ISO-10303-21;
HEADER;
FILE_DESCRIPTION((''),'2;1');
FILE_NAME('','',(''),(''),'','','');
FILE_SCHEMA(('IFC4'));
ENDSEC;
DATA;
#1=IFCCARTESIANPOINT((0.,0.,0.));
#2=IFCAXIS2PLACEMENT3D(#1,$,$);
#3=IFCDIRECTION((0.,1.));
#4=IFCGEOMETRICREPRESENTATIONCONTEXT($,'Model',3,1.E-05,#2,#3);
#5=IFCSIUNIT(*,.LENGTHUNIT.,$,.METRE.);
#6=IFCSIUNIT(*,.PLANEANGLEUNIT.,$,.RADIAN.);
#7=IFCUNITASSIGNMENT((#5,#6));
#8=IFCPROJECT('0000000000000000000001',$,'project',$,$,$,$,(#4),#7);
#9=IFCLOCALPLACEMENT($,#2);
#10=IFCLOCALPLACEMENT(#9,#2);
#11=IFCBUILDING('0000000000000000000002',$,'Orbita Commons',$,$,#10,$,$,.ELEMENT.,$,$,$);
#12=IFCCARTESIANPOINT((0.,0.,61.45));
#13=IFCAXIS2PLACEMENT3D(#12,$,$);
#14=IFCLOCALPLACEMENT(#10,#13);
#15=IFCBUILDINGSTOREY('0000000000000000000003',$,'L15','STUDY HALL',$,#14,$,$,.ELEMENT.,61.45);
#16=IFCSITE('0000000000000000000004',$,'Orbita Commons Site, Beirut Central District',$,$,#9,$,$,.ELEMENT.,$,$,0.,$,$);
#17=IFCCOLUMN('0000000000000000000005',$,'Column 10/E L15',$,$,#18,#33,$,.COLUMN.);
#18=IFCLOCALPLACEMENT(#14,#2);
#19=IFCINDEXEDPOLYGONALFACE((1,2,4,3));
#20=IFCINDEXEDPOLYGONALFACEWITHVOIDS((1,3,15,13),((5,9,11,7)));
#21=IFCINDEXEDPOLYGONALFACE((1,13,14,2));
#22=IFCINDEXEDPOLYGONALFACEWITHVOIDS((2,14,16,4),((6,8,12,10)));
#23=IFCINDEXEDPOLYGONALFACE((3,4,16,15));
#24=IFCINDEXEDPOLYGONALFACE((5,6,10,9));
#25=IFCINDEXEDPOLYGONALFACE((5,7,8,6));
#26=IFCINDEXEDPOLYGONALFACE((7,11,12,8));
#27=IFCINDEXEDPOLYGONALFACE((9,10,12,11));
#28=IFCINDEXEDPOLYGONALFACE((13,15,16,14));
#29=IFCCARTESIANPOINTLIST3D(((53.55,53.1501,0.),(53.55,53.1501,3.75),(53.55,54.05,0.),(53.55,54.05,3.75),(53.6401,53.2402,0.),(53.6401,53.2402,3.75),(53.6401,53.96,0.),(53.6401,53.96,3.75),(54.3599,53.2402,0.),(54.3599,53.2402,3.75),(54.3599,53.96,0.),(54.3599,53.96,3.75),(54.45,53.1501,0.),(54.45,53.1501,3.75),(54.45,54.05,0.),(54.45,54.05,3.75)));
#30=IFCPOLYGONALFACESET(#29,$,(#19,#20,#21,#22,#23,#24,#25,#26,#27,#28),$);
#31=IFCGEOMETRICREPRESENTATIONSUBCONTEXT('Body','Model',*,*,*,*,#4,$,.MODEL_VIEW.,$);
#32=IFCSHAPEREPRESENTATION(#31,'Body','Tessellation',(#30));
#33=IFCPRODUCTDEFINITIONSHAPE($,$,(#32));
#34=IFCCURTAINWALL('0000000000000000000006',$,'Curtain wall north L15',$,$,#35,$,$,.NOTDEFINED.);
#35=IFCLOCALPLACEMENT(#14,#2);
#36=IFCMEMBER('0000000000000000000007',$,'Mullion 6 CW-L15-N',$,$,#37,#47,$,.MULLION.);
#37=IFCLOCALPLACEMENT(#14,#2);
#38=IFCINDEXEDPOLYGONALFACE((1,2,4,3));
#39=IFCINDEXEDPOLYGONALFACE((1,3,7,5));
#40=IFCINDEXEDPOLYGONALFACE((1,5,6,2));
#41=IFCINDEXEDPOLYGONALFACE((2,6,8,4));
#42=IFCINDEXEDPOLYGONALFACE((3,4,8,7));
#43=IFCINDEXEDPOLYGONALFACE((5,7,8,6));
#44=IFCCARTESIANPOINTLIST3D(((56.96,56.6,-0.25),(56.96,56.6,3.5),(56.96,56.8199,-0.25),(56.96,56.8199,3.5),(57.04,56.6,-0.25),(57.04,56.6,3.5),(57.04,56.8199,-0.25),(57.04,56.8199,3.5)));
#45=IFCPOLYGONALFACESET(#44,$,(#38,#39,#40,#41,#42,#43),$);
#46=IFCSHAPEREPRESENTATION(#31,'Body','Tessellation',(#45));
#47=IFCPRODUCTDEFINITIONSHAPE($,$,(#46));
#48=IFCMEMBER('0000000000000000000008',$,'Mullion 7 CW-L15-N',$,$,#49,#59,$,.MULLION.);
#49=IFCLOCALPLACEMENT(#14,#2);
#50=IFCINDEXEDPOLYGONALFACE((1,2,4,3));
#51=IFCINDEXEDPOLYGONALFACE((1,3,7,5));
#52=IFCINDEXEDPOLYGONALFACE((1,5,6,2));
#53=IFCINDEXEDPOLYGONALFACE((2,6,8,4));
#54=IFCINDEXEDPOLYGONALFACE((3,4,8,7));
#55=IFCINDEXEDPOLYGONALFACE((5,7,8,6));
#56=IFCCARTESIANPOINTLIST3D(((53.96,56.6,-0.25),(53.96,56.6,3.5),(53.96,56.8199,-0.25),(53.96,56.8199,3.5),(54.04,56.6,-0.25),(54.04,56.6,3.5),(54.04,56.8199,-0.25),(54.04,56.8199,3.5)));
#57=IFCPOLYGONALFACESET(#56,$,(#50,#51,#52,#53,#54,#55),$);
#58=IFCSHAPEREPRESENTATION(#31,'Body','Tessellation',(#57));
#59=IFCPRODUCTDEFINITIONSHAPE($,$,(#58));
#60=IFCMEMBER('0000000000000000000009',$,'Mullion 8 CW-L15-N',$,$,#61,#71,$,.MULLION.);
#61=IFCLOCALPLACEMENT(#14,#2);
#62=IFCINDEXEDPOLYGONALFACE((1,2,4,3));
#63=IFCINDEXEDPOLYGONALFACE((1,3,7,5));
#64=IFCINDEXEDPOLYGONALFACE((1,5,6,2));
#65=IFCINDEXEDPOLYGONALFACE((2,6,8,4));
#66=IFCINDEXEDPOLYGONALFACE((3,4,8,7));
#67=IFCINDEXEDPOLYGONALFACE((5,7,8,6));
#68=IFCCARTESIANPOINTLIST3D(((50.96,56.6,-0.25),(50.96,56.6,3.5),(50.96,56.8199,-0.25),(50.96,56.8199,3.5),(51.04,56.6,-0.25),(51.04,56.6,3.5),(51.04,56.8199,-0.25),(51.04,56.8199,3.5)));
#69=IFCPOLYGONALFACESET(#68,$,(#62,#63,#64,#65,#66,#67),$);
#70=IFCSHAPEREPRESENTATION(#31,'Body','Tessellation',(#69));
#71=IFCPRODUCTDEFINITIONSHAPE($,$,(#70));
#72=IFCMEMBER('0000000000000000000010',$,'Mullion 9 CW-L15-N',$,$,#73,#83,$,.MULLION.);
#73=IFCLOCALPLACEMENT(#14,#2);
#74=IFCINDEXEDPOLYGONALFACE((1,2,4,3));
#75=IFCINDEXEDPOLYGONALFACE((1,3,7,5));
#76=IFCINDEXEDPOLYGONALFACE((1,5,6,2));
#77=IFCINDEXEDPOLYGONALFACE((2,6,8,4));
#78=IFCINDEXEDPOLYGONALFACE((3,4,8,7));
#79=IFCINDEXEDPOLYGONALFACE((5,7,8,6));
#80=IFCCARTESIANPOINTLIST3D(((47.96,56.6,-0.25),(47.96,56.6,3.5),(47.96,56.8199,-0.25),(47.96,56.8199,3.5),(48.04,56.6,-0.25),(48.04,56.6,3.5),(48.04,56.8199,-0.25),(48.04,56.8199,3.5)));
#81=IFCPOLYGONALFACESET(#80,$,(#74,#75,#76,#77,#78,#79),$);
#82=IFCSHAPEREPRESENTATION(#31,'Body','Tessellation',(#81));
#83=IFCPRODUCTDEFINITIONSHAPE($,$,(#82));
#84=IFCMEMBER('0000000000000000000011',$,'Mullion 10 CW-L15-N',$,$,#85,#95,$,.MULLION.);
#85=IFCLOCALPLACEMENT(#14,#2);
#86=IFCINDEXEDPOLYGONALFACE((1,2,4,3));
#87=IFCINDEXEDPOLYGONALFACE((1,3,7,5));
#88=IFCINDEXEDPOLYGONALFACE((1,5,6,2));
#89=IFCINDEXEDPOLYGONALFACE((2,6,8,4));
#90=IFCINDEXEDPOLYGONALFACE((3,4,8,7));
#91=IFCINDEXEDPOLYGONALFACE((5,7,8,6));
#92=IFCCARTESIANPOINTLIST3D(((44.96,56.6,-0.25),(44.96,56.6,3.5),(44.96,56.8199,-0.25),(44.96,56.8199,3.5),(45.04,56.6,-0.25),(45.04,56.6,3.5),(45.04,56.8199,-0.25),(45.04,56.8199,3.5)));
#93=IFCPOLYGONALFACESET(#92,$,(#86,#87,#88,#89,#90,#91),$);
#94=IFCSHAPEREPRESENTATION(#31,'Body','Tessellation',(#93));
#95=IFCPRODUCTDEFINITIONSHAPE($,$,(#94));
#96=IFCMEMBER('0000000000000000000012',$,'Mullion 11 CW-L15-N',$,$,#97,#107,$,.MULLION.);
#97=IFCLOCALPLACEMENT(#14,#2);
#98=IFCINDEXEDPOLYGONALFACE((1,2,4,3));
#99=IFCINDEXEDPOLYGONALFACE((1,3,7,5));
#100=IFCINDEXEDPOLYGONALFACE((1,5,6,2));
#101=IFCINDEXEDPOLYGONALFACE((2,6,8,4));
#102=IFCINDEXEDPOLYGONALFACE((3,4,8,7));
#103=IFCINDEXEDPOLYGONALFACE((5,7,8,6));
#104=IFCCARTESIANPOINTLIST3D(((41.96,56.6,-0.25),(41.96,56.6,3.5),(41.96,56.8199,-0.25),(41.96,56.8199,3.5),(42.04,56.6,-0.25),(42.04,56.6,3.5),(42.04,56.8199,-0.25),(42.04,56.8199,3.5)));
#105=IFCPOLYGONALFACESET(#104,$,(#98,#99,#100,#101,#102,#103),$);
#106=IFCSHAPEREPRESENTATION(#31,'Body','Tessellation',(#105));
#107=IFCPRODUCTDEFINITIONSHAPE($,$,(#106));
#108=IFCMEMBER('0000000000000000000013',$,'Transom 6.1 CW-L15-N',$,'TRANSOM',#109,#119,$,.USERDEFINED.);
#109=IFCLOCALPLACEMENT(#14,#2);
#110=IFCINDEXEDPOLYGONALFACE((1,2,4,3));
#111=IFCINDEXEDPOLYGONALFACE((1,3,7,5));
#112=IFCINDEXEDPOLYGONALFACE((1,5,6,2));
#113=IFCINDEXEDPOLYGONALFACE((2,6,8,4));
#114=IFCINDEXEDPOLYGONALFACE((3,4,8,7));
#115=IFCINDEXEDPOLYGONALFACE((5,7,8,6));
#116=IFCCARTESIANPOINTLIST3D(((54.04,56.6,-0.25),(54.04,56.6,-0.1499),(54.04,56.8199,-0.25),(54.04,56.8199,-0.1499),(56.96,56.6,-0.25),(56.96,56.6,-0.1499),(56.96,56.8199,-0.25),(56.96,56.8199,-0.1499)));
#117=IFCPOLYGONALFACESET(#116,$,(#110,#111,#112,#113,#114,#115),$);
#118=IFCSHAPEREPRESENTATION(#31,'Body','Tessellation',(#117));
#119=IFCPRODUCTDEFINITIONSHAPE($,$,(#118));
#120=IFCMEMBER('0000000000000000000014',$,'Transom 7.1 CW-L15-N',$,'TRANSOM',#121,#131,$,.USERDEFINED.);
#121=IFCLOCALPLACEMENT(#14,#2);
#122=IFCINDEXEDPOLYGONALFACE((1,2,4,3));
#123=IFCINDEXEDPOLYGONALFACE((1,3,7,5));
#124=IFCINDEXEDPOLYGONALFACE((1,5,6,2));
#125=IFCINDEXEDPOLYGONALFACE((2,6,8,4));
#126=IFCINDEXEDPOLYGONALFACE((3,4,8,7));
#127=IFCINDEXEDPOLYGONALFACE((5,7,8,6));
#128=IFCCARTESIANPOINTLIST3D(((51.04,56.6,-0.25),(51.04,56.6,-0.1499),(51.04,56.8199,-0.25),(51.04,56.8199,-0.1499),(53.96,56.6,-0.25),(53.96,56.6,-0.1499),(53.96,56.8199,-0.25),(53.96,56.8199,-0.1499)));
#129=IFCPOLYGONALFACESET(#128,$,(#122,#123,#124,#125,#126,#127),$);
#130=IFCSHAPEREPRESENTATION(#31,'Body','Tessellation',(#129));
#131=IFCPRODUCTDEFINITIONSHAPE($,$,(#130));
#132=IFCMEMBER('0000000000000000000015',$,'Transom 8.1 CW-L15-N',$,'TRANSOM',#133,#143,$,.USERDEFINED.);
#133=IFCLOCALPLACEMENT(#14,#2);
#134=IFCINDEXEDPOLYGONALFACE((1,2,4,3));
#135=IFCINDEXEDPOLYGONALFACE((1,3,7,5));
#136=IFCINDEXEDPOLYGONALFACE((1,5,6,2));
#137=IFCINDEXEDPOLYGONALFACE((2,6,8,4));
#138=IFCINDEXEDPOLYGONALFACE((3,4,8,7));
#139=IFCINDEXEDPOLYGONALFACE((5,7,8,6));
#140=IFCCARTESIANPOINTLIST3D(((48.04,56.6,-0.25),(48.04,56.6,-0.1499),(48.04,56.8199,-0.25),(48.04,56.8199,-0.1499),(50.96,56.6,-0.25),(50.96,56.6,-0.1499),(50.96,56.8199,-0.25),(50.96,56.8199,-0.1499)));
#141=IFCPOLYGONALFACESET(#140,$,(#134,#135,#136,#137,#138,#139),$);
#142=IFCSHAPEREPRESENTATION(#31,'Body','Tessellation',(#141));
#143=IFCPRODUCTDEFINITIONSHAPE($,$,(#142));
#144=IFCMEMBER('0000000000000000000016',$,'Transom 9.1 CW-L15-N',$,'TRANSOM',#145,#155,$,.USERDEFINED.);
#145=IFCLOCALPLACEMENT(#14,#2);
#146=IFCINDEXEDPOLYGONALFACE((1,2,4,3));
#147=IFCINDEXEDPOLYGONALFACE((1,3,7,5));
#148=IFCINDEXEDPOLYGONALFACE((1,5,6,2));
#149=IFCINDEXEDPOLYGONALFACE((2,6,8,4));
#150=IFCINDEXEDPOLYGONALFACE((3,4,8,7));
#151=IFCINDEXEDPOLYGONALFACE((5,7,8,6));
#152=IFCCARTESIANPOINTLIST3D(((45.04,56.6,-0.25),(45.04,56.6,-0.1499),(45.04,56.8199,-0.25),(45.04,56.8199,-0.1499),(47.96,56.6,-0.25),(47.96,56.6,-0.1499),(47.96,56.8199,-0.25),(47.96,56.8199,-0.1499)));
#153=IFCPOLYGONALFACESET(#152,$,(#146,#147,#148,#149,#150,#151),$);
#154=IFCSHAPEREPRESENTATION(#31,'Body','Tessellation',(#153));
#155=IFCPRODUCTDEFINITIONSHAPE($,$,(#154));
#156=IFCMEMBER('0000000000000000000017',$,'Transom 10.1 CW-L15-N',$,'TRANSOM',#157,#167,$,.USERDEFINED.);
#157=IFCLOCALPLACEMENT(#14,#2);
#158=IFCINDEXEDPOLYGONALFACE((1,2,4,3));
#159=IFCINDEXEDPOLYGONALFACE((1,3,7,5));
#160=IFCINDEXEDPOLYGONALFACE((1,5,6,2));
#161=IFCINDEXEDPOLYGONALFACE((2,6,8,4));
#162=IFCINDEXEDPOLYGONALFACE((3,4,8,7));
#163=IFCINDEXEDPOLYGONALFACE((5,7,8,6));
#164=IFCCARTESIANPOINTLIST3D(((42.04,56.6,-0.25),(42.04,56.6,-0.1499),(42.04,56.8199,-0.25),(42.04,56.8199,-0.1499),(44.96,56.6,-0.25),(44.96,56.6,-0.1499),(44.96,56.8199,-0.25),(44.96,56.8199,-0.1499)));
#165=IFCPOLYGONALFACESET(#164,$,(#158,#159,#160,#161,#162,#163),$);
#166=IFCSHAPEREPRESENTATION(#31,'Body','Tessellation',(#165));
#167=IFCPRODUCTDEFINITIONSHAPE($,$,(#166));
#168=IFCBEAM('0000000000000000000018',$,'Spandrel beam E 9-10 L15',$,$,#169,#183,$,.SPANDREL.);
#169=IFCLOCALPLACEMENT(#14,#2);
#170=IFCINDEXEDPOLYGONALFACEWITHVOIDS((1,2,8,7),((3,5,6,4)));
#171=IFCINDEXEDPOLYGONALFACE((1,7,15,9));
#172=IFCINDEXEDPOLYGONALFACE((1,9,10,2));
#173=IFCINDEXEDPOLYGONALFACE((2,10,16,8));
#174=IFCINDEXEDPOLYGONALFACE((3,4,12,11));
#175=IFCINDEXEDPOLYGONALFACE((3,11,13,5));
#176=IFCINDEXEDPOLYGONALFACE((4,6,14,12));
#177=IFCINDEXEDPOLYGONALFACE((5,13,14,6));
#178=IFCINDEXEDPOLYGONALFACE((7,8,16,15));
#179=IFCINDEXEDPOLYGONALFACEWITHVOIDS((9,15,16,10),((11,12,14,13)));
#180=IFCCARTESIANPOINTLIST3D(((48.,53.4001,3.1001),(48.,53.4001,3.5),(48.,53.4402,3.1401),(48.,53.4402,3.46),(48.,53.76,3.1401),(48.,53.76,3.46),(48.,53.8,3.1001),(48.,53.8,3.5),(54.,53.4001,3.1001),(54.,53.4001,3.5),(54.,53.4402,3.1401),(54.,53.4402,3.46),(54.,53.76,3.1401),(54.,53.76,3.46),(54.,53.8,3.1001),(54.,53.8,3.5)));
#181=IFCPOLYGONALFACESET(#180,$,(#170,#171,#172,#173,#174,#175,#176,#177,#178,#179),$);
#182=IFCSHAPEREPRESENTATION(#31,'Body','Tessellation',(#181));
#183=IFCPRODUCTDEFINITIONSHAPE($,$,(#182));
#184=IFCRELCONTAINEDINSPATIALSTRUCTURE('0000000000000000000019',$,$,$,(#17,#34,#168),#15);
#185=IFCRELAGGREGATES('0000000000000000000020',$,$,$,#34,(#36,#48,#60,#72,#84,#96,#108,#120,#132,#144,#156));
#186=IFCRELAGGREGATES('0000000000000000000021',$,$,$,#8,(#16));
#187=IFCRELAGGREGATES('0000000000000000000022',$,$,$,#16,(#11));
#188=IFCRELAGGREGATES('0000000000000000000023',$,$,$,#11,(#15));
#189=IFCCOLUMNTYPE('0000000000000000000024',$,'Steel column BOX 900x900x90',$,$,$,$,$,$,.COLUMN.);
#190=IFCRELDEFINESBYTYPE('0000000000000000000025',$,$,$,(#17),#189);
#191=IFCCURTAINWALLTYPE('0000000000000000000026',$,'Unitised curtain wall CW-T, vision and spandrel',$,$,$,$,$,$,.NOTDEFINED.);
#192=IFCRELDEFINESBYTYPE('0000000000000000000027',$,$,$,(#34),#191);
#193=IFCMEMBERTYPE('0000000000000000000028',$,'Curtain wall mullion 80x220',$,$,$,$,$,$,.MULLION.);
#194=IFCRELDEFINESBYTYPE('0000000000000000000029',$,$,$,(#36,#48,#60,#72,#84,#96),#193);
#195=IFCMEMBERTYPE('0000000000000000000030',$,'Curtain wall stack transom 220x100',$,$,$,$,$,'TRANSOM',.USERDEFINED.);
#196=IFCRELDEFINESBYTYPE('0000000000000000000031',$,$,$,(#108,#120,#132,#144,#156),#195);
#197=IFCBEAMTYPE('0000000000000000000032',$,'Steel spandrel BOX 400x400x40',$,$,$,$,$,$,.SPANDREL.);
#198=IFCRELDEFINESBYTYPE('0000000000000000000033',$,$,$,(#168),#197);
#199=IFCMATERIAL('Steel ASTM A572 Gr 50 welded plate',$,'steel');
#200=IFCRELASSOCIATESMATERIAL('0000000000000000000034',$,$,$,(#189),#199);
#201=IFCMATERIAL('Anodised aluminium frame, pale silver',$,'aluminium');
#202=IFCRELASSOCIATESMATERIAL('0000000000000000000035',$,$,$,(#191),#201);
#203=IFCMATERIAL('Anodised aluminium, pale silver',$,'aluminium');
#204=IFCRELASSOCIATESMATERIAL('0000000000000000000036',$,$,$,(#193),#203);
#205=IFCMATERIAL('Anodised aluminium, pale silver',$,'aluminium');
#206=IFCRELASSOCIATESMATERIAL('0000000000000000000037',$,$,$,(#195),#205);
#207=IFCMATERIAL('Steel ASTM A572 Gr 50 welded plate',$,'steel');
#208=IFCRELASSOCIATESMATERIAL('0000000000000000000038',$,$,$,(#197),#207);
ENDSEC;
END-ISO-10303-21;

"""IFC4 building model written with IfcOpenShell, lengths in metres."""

from ifc_helpers import new_model, si_unit, direction, frame, origin, origin_2d, place, context, subcontext, project, spatial, rectangle, hollow_rectangle, extrude, material, material_profile, profile_set, type_object, element, aggregate, save


model = new_model("IFC4")

# Units and contexts
model_context = context("Model", 3, precision=1e-05, world=origin(), true_north=direction((0.0, 1.0)))
body_context = subcontext(model_context, "Body", "Model", "MODEL_VIEW")
ifc_project = project(units=[si_unit("LENGTHUNIT", "METRE"), si_unit("PLANEANGLEUNIT", "RADIAN")], contexts=[model_context])

# Site, building, storey
site_placement = place(None, origin())
site = spatial("IfcSite", under=ifc_project, at=site_placement, Name="Orbita Commons Site, Beirut Central District", CompositionType="ELEMENT", RefElevation=0.0)
building_placement = place(site_placement, origin())
building = spatial("IfcBuilding", under=site, at=building_placement, Name="Orbita Commons", CompositionType="ELEMENT")
storey_placement = place(building_placement, frame((0.0, 0.0, 61.45)))
storey = spatial("IfcBuildingStorey", under=building, at=storey_placement, Name="L15", Description="STUDY HALL", CompositionType="ELEMENT", Elevation=61.45)

# Column
ifc_material_1 = material(Name="Steel ASTM A572 Gr 50 welded plate", Category="steel")
ifc_material_profile_1 = material_profile(ifc_material_1, hollow_rectangle(XDim=0.8999, YDim=0.8999, WallThickness=0.0901, at=origin_2d()), Name="BOX 900x900x90")
ifc_profile_set_1 = profile_set([ifc_material_profile_1], Name="Steel ASTM A572 Gr 50 welded plate")
column_type = type_object("IfcColumnType", Name="Steel column BOX 900x900x90", PredefinedType="COLUMN", material=ifc_profile_set_1)
column_placement = place(storey_placement, frame((54.0, 53.6001, 0.0), z_axis=(0.0, 0.0, 1.0), x_axis=(1.0, 0.0, 0.0)))
element("IfcColumn", 1, at=column_placement, inside=storey, type_object=column_type, Name="Column 10/E L15", PredefinedType="COLUMN", context=body_context, shape_type="SweptSolid", body=[
    extrude(hollow_rectangle(XDim=0.8999, YDim=0.8999, WallThickness=0.0901, at=origin_2d()), origin(), (0.0, 0.0, 1.0), 3.75),
])

# Curtain wall, members
ifc_material_2 = material(Name="Anodised aluminium frame, pale silver", Category="aluminium")
curtain_wall_type = type_object("IfcCurtainWallType", Name="Unitised curtain wall CW-T, vision and spandrel", PredefinedType="NOTDEFINED", material=ifc_material_2)
curtain_wall_placement = place(storey_placement, origin())
curtain_wall = element("IfcCurtainWall", 2, at=curtain_wall_placement, inside=storey, type_object=curtain_wall_type, Name="Curtain wall north L15", PredefinedType="NOTDEFINED")
ifc_material_3 = material(Name="Anodised aluminium, pale silver", Category="aluminium")
ifc_material_profile_2 = material_profile(ifc_material_3, rectangle(XDim=0.0801, YDim=0.22, at=origin_2d()), Name="AL 80x220")
ifc_profile_set_2 = profile_set([ifc_material_profile_2], Name="Anodised aluminium, pale silver")
member_type_1 = type_object("IfcMemberType", Name="Curtain wall mullion 80x220", PredefinedType="MULLION", material=ifc_profile_set_2)
member_1_placement = place(storey_placement, frame((57.0, 56.71, -0.25), z_axis=(0.0, 0.0, 1.0), x_axis=(-1.0, 0.0, 0.0)))
member_1 = element("IfcMember", 3, at=member_1_placement, type_object=member_type_1, Name="Mullion 6 CW-L15-N", PredefinedType="MULLION", context=body_context, shape_type="SweptSolid", body=[
    extrude(rectangle(XDim=0.0801, YDim=0.22, at=origin_2d()), origin(), (0.0, 0.0, 1.0), 3.75),
])
member_2_placement = place(storey_placement, frame((54.0, 56.71, -0.25), z_axis=(0.0, 0.0, 1.0), x_axis=(-1.0, 0.0, 0.0)))
member_2 = element("IfcMember", 4, at=member_2_placement, type_object=member_type_1, Name="Mullion 7 CW-L15-N", PredefinedType="MULLION", context=body_context, shape_type="SweptSolid", body=[
    extrude(rectangle(XDim=0.0801, YDim=0.22, at=origin_2d()), origin(), (0.0, 0.0, 1.0), 3.75),
])
member_3_placement = place(storey_placement, frame((51.0, 56.71, -0.25), z_axis=(0.0, 0.0, 1.0), x_axis=(-1.0, 0.0, 0.0)))
member_3 = element("IfcMember", 5, at=member_3_placement, type_object=member_type_1, Name="Mullion 8 CW-L15-N", PredefinedType="MULLION", context=body_context, shape_type="SweptSolid", body=[
    extrude(rectangle(XDim=0.0801, YDim=0.22, at=origin_2d()), origin(), (0.0, 0.0, 1.0), 3.75),
])
member_4_placement = place(storey_placement, frame((48.0, 56.71, -0.25), z_axis=(0.0, 0.0, 1.0), x_axis=(-1.0, 0.0, 0.0)))
member_4 = element("IfcMember", 6, at=member_4_placement, type_object=member_type_1, Name="Mullion 9 CW-L15-N", PredefinedType="MULLION", context=body_context, shape_type="SweptSolid", body=[
    extrude(rectangle(XDim=0.0801, YDim=0.22, at=origin_2d()), origin(), (0.0, 0.0, 1.0), 3.75),
])
member_5_placement = place(storey_placement, frame((45.0, 56.71, -0.25), z_axis=(0.0, 0.0, 1.0), x_axis=(-1.0, 0.0, 0.0)))
member_5 = element("IfcMember", 7, at=member_5_placement, type_object=member_type_1, Name="Mullion 10 CW-L15-N", PredefinedType="MULLION", context=body_context, shape_type="SweptSolid", body=[
    extrude(rectangle(XDim=0.0801, YDim=0.22, at=origin_2d()), origin(), (0.0, 0.0, 1.0), 3.75),
])
member_6_placement = place(storey_placement, frame((42.0, 56.71, -0.25), z_axis=(0.0, 0.0, 1.0), x_axis=(-1.0, 0.0, 0.0)))
member_6 = element("IfcMember", 8, at=member_6_placement, type_object=member_type_1, Name="Mullion 11 CW-L15-N", PredefinedType="MULLION", context=body_context, shape_type="SweptSolid", body=[
    extrude(rectangle(XDim=0.0801, YDim=0.22, at=origin_2d()), origin(), (0.0, 0.0, 1.0), 3.75),
])
ifc_material_4 = material(Name="Anodised aluminium, pale silver", Category="aluminium")
ifc_material_profile_3 = material_profile(ifc_material_4, rectangle(XDim=0.22, YDim=0.1001, at=origin_2d()), Name="AL 220x100")
ifc_profile_set_3 = profile_set([ifc_material_profile_3], Name="Anodised aluminium, pale silver")
member_type_2 = type_object("IfcMemberType", Name="Curtain wall stack transom 220x100", ElementType="TRANSOM", PredefinedType="USERDEFINED", material=ifc_profile_set_3)
member_7_placement = place(storey_placement, frame((56.96, 56.71, -0.2), z_axis=(-1.0, 0.0, 0.0), x_axis=(0.0, -1.0, 0.0)))
member_7 = element("IfcMember", 9, at=member_7_placement, type_object=member_type_2, Name="Transom 6.1 CW-L15-N", ObjectType="TRANSOM", PredefinedType="USERDEFINED", context=body_context, shape_type="SweptSolid", body=[
    extrude(rectangle(XDim=0.22, YDim=0.1001, at=origin_2d()), origin(), (0.0, 0.0, 1.0), 2.9199),
])
member_8_placement = place(storey_placement, frame((53.96, 56.71, -0.2), z_axis=(-1.0, 0.0, 0.0), x_axis=(0.0, -1.0, 0.0)))
member_8 = element("IfcMember", 10, at=member_8_placement, type_object=member_type_2, Name="Transom 7.1 CW-L15-N", ObjectType="TRANSOM", PredefinedType="USERDEFINED", context=body_context, shape_type="SweptSolid", body=[
    extrude(rectangle(XDim=0.22, YDim=0.1001, at=origin_2d()), origin(), (0.0, 0.0, 1.0), 2.9199),
])
member_9_placement = place(storey_placement, frame((50.96, 56.71, -0.2), z_axis=(-1.0, 0.0, 0.0), x_axis=(0.0, -1.0, 0.0)))
member_9 = element("IfcMember", 11, at=member_9_placement, type_object=member_type_2, Name="Transom 8.1 CW-L15-N", ObjectType="TRANSOM", PredefinedType="USERDEFINED", context=body_context, shape_type="SweptSolid", body=[
    extrude(rectangle(XDim=0.22, YDim=0.1001, at=origin_2d()), origin(), (0.0, 0.0, 1.0), 2.9199),
])
member_10_placement = place(storey_placement, frame((47.96, 56.71, -0.2), z_axis=(-1.0, 0.0, 0.0), x_axis=(0.0, -1.0, 0.0)))
member_10 = element("IfcMember", 12, at=member_10_placement, type_object=member_type_2, Name="Transom 9.1 CW-L15-N", ObjectType="TRANSOM", PredefinedType="USERDEFINED", context=body_context, shape_type="SweptSolid", body=[
    extrude(rectangle(XDim=0.22, YDim=0.1001, at=origin_2d()), origin(), (0.0, 0.0, 1.0), 2.9199),
])
member_11_placement = place(storey_placement, frame((44.96, 56.71, -0.2), z_axis=(-1.0, 0.0, 0.0), x_axis=(0.0, -1.0, 0.0)))
member_11 = element("IfcMember", 13, at=member_11_placement, type_object=member_type_2, Name="Transom 10.1 CW-L15-N", ObjectType="TRANSOM", PredefinedType="USERDEFINED", context=body_context, shape_type="SweptSolid", body=[
    extrude(rectangle(XDim=0.22, YDim=0.1001, at=origin_2d()), origin(), (0.0, 0.0, 1.0), 2.9199),
])

# Beam
ifc_material_5 = material(Name="Steel ASTM A572 Gr 50 welded plate", Category="steel")
ifc_material_profile_4 = material_profile(ifc_material_5, hollow_rectangle(XDim=0.3999, YDim=0.3999, WallThickness=0.04, at=origin_2d()), Name="BOX 400x400x40")
ifc_profile_set_4 = profile_set([ifc_material_profile_4], Name="Steel ASTM A572 Gr 50 welded plate")
beam_type = type_object("IfcBeamType", Name="Steel spandrel BOX 400x400x40", PredefinedType="SPANDREL", material=ifc_profile_set_4)
for number, where, z_axis, x_axis, name in (
    (14, (48.0, 53.6001, 3.3), (1.0, 0.0, 0.0), (0.0, 1.0, 0.0), "Spandrel beam E 9-10 L15"),
):
    element("IfcBeam", number, at=place(storey_placement, frame(where, z_axis=z_axis, x_axis=x_axis)), inside=storey, type_object=beam_type, Name=name, PredefinedType="SPANDREL", context=body_context, shape_type="SweptSolid", body=[
        extrude(hollow_rectangle(XDim=0.3999, YDim=0.3999, WallThickness=0.04, at=origin_2d()), origin(), (0.0, 0.0, 1.0), 6.0),
    ])

aggregate(curtain_wall, [member_1, member_2, member_3, member_4, member_5, member_6, member_7, member_8, member_9, member_10, member_11])

save(model, "model.ifc")
